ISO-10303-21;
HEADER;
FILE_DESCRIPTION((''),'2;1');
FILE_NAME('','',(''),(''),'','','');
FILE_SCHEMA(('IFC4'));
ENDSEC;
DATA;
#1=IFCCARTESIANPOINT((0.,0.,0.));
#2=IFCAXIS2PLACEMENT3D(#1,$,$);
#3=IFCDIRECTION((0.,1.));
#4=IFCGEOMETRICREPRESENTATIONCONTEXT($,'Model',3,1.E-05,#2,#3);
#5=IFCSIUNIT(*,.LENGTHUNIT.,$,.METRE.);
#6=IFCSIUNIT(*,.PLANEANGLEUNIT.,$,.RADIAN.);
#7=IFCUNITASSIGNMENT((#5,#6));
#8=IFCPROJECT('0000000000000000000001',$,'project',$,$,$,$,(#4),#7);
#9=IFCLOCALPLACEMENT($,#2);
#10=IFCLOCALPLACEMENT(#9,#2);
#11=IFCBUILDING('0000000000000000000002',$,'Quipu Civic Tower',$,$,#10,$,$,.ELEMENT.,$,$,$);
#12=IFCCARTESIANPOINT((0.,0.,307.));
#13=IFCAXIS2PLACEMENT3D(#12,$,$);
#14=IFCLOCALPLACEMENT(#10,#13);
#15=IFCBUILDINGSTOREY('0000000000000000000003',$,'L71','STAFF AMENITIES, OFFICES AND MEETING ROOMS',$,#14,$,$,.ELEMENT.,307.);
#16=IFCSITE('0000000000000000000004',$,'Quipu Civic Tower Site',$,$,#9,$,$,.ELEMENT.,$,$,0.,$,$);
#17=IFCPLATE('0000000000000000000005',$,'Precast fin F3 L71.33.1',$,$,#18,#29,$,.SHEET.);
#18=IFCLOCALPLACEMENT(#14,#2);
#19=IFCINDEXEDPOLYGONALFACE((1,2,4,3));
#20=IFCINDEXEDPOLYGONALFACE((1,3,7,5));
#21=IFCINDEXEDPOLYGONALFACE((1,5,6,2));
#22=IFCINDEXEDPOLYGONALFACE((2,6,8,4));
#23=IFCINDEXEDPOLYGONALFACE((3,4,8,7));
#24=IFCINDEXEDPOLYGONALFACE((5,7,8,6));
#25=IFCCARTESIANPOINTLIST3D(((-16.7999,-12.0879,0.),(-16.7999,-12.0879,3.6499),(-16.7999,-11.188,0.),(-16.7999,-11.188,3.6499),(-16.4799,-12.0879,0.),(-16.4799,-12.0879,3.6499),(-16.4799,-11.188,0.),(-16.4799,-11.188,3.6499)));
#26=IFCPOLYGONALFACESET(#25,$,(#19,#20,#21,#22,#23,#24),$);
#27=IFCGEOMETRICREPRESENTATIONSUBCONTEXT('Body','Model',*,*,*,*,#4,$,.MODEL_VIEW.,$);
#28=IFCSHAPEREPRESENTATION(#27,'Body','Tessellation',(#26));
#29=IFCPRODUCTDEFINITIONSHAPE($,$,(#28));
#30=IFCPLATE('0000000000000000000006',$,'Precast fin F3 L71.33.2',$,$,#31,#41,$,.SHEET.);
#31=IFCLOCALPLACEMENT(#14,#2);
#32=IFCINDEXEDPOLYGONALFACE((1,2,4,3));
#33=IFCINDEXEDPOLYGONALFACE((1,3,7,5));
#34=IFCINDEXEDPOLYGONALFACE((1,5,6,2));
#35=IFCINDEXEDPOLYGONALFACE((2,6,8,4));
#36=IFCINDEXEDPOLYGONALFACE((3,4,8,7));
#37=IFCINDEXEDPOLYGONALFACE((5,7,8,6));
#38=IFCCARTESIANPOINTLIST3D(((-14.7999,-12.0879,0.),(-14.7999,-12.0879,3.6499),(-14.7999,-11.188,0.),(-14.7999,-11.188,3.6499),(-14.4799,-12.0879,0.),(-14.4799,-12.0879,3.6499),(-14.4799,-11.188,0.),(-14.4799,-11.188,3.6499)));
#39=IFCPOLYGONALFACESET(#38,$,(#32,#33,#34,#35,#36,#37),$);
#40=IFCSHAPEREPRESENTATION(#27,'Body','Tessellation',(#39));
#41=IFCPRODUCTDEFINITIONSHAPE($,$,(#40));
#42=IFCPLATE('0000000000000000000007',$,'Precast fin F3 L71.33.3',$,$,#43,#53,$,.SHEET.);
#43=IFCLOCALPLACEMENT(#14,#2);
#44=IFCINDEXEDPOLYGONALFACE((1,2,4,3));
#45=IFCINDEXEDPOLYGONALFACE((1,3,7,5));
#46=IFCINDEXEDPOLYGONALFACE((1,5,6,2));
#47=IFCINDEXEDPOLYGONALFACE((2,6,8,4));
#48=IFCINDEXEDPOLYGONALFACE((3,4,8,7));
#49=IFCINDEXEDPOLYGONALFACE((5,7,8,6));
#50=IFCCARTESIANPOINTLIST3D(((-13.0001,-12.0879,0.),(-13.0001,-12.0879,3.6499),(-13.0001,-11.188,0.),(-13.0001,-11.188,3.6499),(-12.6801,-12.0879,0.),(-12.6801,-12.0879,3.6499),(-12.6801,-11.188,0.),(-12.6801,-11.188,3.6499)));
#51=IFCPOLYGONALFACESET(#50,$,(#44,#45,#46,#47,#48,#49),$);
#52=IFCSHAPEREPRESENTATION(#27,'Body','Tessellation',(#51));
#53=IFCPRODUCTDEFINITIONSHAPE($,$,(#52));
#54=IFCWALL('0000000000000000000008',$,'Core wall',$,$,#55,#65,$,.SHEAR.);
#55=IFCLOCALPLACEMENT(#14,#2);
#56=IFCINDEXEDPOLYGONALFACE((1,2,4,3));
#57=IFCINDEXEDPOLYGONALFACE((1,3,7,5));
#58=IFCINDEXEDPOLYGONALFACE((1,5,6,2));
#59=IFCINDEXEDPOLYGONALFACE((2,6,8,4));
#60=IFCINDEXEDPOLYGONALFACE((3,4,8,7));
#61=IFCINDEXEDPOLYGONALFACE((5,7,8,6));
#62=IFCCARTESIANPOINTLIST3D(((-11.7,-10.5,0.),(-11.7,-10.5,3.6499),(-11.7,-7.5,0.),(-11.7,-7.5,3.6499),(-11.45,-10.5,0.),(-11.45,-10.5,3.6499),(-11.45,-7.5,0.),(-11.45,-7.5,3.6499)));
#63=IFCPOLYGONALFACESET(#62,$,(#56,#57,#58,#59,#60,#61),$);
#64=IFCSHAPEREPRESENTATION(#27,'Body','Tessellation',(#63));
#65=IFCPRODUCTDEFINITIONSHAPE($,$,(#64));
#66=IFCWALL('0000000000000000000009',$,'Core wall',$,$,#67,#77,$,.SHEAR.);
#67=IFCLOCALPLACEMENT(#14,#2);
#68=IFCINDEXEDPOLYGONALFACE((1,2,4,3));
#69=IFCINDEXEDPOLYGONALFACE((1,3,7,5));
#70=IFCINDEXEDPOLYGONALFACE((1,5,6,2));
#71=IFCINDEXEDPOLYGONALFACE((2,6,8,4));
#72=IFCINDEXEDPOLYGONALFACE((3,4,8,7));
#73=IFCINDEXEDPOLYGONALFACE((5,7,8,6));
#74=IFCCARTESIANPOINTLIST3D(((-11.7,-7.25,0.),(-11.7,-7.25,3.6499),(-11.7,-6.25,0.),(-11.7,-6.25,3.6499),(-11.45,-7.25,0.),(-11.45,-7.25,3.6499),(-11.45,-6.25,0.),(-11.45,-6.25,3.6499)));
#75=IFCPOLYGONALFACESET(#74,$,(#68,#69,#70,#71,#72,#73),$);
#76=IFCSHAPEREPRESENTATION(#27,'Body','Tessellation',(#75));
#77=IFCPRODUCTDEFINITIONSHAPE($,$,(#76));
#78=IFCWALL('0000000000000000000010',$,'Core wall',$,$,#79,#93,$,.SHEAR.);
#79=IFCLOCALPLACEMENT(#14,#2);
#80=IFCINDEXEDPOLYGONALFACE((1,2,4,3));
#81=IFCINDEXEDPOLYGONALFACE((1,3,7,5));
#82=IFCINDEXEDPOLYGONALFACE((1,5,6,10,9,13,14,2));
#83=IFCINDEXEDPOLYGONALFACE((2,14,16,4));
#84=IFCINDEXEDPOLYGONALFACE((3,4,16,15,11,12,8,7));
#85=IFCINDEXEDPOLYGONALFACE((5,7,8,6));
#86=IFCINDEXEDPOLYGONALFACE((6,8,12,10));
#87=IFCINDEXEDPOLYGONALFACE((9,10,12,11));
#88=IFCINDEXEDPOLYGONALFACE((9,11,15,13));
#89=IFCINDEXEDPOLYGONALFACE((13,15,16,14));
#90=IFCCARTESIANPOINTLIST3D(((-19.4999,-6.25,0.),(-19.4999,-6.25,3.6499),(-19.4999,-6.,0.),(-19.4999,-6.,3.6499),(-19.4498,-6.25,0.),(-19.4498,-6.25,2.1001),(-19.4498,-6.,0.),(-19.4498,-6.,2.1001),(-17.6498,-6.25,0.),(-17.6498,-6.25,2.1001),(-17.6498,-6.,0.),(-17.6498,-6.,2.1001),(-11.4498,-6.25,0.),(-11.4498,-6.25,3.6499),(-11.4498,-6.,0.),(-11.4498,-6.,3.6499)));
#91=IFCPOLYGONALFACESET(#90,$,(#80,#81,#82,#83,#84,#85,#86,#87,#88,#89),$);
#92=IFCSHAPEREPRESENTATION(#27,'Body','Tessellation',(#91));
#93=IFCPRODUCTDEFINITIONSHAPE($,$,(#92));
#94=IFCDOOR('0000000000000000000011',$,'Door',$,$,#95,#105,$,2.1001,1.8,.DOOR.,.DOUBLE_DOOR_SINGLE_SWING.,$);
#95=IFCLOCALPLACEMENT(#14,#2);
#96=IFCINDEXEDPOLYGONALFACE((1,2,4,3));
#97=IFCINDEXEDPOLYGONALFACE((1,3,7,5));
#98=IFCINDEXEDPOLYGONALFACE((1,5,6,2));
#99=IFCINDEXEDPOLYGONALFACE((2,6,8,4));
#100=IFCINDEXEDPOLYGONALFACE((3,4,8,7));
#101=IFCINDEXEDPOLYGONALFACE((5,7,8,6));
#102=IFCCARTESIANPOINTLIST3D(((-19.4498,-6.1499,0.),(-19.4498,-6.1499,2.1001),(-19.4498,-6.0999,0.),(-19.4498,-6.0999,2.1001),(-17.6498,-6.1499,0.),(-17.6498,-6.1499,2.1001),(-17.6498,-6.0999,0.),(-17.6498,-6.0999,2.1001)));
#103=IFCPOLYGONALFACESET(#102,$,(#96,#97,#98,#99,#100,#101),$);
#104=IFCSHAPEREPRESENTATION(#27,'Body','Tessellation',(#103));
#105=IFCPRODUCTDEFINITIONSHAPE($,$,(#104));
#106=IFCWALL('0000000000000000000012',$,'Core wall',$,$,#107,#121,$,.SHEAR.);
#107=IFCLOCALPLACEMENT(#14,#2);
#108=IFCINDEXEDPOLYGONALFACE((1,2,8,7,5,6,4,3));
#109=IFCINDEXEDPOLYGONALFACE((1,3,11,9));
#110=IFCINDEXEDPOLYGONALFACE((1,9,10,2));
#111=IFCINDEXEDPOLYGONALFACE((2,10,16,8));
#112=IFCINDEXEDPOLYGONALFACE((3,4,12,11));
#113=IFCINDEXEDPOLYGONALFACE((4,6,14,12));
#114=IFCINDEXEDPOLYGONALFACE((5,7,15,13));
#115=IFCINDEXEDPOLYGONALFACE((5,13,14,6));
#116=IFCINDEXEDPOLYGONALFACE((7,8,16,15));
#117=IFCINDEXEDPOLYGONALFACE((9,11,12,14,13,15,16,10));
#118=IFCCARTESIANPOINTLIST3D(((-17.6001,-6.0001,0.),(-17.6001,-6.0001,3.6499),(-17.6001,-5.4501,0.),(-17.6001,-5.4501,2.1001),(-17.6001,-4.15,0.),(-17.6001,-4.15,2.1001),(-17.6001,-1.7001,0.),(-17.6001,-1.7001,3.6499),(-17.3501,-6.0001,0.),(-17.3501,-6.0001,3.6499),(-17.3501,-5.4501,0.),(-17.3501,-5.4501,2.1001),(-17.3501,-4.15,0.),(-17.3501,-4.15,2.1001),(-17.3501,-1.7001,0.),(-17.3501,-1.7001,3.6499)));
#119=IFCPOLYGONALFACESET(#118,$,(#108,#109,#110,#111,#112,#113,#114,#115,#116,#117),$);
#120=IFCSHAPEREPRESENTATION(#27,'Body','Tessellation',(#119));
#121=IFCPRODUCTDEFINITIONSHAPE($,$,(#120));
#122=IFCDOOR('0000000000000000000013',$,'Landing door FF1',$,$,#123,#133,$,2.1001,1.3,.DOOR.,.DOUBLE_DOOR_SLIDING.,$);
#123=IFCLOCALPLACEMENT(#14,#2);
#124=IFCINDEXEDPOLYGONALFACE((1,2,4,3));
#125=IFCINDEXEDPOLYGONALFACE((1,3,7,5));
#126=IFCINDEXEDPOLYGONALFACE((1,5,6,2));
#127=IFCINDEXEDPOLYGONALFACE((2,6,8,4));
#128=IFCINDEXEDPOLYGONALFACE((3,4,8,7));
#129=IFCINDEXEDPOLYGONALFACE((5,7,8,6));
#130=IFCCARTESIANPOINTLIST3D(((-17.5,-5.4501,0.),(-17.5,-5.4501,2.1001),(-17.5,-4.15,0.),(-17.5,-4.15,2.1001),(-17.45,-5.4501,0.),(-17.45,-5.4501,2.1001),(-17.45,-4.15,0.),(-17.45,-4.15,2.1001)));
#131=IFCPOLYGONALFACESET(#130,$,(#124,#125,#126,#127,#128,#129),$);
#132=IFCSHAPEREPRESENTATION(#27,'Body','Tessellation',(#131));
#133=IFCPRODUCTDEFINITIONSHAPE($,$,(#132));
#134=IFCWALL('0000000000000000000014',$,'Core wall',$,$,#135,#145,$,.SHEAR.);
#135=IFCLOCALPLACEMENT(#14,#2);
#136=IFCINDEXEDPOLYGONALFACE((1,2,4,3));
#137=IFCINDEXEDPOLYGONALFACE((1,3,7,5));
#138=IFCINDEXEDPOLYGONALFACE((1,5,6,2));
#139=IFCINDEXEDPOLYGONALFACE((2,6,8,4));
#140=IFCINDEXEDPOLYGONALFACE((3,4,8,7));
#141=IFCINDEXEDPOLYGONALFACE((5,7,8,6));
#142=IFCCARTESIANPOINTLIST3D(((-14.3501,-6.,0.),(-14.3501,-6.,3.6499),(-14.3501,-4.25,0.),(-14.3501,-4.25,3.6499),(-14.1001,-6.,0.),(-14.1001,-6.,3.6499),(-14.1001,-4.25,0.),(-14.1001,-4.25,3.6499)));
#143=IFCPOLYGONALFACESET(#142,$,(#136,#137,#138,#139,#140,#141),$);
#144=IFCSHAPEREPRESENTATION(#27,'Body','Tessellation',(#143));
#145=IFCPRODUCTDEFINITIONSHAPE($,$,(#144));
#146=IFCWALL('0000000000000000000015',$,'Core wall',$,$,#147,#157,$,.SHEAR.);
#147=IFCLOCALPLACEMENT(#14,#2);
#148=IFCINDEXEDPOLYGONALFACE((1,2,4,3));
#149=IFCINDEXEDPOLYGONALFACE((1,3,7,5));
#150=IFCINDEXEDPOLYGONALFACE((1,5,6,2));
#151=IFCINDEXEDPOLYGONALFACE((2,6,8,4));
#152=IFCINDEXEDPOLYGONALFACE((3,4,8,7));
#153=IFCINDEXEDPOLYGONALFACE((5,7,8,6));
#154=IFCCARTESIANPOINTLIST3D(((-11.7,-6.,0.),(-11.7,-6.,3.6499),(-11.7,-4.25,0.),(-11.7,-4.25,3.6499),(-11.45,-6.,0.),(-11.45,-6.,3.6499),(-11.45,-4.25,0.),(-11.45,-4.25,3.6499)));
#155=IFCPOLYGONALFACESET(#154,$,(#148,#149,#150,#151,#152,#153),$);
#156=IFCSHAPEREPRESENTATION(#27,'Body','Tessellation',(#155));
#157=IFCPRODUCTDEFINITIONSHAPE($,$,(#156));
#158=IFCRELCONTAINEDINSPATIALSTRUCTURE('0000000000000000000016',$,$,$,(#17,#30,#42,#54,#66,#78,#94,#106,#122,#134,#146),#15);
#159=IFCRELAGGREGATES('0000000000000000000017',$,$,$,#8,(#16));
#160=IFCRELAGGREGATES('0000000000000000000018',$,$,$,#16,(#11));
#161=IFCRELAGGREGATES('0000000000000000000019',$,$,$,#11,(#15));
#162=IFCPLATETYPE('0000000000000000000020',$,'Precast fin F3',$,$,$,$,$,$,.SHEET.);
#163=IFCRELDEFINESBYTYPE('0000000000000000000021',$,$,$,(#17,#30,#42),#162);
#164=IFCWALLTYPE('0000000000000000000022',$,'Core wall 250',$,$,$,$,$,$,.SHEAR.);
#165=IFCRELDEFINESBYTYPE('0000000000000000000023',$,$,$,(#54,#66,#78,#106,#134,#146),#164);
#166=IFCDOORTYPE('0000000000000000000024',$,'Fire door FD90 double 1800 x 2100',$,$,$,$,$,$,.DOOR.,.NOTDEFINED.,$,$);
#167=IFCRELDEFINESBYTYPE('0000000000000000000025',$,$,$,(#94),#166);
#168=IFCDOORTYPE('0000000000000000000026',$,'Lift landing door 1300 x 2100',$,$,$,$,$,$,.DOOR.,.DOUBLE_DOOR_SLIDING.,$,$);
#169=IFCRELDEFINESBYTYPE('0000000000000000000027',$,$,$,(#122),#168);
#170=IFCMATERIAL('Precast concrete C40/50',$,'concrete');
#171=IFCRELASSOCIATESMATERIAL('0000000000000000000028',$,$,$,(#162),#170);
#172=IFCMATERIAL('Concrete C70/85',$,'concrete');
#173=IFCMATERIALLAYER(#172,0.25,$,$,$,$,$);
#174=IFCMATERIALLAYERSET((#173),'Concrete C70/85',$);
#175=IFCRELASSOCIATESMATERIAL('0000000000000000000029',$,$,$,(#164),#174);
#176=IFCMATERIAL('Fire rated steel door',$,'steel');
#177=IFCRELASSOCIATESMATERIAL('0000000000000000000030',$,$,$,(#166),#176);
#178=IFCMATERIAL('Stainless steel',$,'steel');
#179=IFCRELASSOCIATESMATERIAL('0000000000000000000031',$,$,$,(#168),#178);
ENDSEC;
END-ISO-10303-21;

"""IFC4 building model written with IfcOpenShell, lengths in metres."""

from ifc_helpers import new_model, si_unit, direction, frame, frame_2d, origin, origin_2d, place, context, subcontext, project, spatial, rectangle, extrude, material, layer, layer_set, type_object, element, fill, save


model = new_model("IFC4")

# Units and contexts
model_context = context("Model", 3, precision=1e-05, world=origin(), true_north=direction((0.0, 1.0)))
body_context = subcontext(model_context, "Body", "Model", "MODEL_VIEW")
ifc_project = project(units=[si_unit("LENGTHUNIT", "METRE"), si_unit("PLANEANGLEUNIT", "RADIAN")], contexts=[model_context])

# Site, building, storey
site_placement = place(None, origin())
site = spatial("IfcSite", under=ifc_project, at=site_placement, Name="Quipu Civic Tower Site", CompositionType="ELEMENT", RefElevation=0.0)
building_placement = place(site_placement, origin())
building = spatial("IfcBuilding", under=site, at=building_placement, Name="Quipu Civic Tower", CompositionType="ELEMENT")
storey_placement = place(building_placement, frame((0.0, 0.0, 307.0)))
storey = spatial("IfcBuildingStorey", under=building, at=storey_placement, Name="L71", Description="STAFF AMENITIES, OFFICES AND MEETING ROOMS", CompositionType="ELEMENT", Elevation=307.0)

# Plates
ifc_material_1 = material(Name="Precast concrete C40/50", Category="concrete")
plate_type = type_object("IfcPlateType", Name="Precast fin F3", PredefinedType="SHEET", material=ifc_material_1)
for number, where, z_axis, x_axis, name in (
    (1, (-16.6399, -11.6379, 0.0), (0.0, 0.0, 1.0), (1.0, 0.0, 0.0), "Precast fin F3 L71.33.1"),
    (2, (-14.6399, -11.6379, 0.0), (0.0, 0.0, 1.0), (1.0, 0.0, 0.0), "Precast fin F3 L71.33.2"),
    (3, (-12.8401, -11.6379, 0.0), (0.0, 0.0, 1.0), (1.0, 0.0, 0.0), "Precast fin F3 L71.33.3"),
):
    element("IfcPlate", number, at=place(storey_placement, frame(where, z_axis=z_axis, x_axis=x_axis)), inside=storey, type_object=plate_type, Name=name, PredefinedType="SHEET", context=body_context, shape_type="SweptSolid", body=[
        extrude(rectangle(XDim=0.3201, YDim=0.8999, at=origin_2d()), origin(), (0.0, 0.0, 1.0), 3.6499),
    ])

# Walls
ifc_material_2 = material(Name="Concrete C70/85", Category="concrete")
ifc_layer = layer(ifc_material_2, 0.25)
ifc_layer_set = layer_set([ifc_layer], Name="Concrete C70/85")
wall_type_1 = type_object("IfcWallType", Name="Core wall 250", PredefinedType="SHEAR", material=ifc_layer_set)
wall_1_placement = place(storey_placement, frame((-11.575, -10.5, 0.0), z_axis=(0.0, 0.0, 1.0), x_axis=(0.0, 1.0, 0.0)))
element("IfcWall", 4, at=wall_1_placement, inside=storey, type_object=wall_type_1, Name="Core wall", PredefinedType="SHEAR", context=body_context, shape_type="SweptSolid", body=[
    extrude(rectangle(XDim=3.0, YDim=0.25, at=frame_2d((1.5, 0.0))), origin(), (0.0, 0.0, 1.0), 3.6499),
])
wall_2_placement = place(storey_placement, frame((-11.575, -7.25, 0.0), z_axis=(0.0, 0.0, 1.0), x_axis=(0.0, 1.0, 0.0)))
element("IfcWall", 5, at=wall_2_placement, inside=storey, type_object=wall_type_1, Name="Core wall", PredefinedType="SHEAR", context=body_context, shape_type="SweptSolid", body=[
    extrude(rectangle(XDim=1.0, YDim=0.25, at=frame_2d((0.5, 0.0))), origin(), (0.0, 0.0, 1.0), 3.6499),
])

# Walls, openings, doors
wall_3_placement = place(storey_placement, frame((-11.45, -6.125, 0.0), z_axis=(0.0, 0.0, 1.0), x_axis=(-1.0, 0.0, 0.0)))
wall_3 = element("IfcWall", 6, at=wall_3_placement, inside=storey, type_object=wall_type_1, Name="Core wall", PredefinedType="SHEAR", context=body_context, shape_type="SweptSolid", body=[
    extrude(rectangle(XDim=8.05, YDim=0.25, at=frame_2d((4.0249, 0.0))), origin(), (0.0, 0.0, 1.0), 3.6499),
])
opening_1_placement = place(wall_3_placement, frame((6.2, 0.0, 0.0)))
opening_1 = element("IfcOpeningElement", 7, at=opening_1_placement, cuts=wall_3, PredefinedType="OPENING", context=body_context, shape_type="SweptSolid", body=[
    extrude(rectangle(XDim=1.8, YDim=2.1001, at=frame_2d((0.8999, 1.05))), frame((0.0, 0.135, 0.0), z_axis=(0.0, -1.0, 0.0), x_axis=(1.0, 0.0, 0.0)), (0.0, 0.0, 1.0), 0.27),
])
ifc_material_3 = material(Name="Fire rated steel door", Category="steel")
door_type_1 = type_object("IfcDoorType", Name="Fire door FD90 double 1800 x 2100", OperationType="NOTDEFINED", PredefinedType="DOOR", material=ifc_material_3)
door_1_placement = place(opening_1_placement, origin())
door_1 = element("IfcDoor", 8, at=door_1_placement, inside=storey, type_object=door_type_1, Name="Door", OperationType="DOUBLE_DOOR_SINGLE_SWING", OverallHeight=2.1001, OverallWidth=1.8, PredefinedType="DOOR", context=body_context, shape_type="SweptSolid", body=[
    extrude(rectangle(XDim=1.8, YDim=2.1001, at=frame_2d((0.8999, 1.05))), frame((0.0, 0.0249, 0.0), z_axis=(0.0, -1.0, 0.0), x_axis=(1.0, 0.0, 0.0)), (0.0, 0.0, 1.0), 0.05),
])
fill(opening_1, door_1)
wall_4_placement = place(storey_placement, frame((-17.4751, -6.0, 0.0), z_axis=(0.0, 0.0, 1.0), x_axis=(0.0, 1.0, 0.0)))
wall_4 = element("IfcWall", 9, at=wall_4_placement, inside=storey, type_object=wall_type_1, Name="Core wall", PredefinedType="SHEAR", context=body_context, shape_type="SweptSolid", body=[
    extrude(rectangle(XDim=4.3, YDim=0.25, at=frame_2d((2.1499, 0.0))), origin(), (0.0, 0.0, 1.0), 3.6499),
])
opening_2_placement = place(wall_4_placement, frame((0.55, 0.0, 0.0)))
opening_2 = element("IfcOpeningElement", 10, at=opening_2_placement, cuts=wall_4, PredefinedType="OPENING", context=body_context, shape_type="SweptSolid", body=[
    extrude(rectangle(XDim=1.3, YDim=2.1001, at=frame_2d((0.6499, 1.05))), frame((0.0, 0.135, 0.0), z_axis=(0.0, -1.0, 0.0), x_axis=(1.0, 0.0, 0.0)), (0.0, 0.0, 1.0), 0.27),
])
ifc_material_4 = material(Name="Stainless steel", Category="steel")
door_type_2 = type_object("IfcDoorType", Name="Lift landing door 1300 x 2100", OperationType="DOUBLE_DOOR_SLIDING", PredefinedType="DOOR", material=ifc_material_4)
door_2_placement = place(opening_2_placement, origin())
door_2 = element("IfcDoor", 11, at=door_2_placement, inside=storey, type_object=door_type_2, Name="Landing door FF1", OperationType="DOUBLE_DOOR_SLIDING", OverallHeight=2.1001, OverallWidth=1.3, PredefinedType="DOOR", context=body_context, shape_type="SweptSolid", body=[
    extrude(rectangle(XDim=1.3, YDim=2.1001, at=frame_2d((0.6499, 1.05))), frame((0.0, 0.0249, 0.0), z_axis=(0.0, -1.0, 0.0), x_axis=(1.0, 0.0, 0.0)), (0.0, 0.0, 1.0), 0.05),
])
fill(opening_2, door_2)

# Walls
for number, where, z_axis, x_axis, name in (
    (12, (-14.2251, -6.0, 0.0), (0.0, 0.0, 1.0), (0.0, 1.0, 0.0), "Core wall"),
    (13, (-11.575, -6.0, 0.0), (0.0, 0.0, 1.0), (0.0, 1.0, 0.0), "Core wall"),
):
    element("IfcWall", number, at=place(storey_placement, frame(where, z_axis=z_axis, x_axis=x_axis)), inside=storey, type_object=wall_type_1, Name=name, PredefinedType="SHEAR", context=body_context, shape_type="SweptSolid", body=[
        extrude(rectangle(XDim=1.75, YDim=0.25, at=frame_2d((0.875, 0.0))), origin(), (0.0, 0.0, 1.0), 3.6499),
    ])

save(model, "model.ifc")
